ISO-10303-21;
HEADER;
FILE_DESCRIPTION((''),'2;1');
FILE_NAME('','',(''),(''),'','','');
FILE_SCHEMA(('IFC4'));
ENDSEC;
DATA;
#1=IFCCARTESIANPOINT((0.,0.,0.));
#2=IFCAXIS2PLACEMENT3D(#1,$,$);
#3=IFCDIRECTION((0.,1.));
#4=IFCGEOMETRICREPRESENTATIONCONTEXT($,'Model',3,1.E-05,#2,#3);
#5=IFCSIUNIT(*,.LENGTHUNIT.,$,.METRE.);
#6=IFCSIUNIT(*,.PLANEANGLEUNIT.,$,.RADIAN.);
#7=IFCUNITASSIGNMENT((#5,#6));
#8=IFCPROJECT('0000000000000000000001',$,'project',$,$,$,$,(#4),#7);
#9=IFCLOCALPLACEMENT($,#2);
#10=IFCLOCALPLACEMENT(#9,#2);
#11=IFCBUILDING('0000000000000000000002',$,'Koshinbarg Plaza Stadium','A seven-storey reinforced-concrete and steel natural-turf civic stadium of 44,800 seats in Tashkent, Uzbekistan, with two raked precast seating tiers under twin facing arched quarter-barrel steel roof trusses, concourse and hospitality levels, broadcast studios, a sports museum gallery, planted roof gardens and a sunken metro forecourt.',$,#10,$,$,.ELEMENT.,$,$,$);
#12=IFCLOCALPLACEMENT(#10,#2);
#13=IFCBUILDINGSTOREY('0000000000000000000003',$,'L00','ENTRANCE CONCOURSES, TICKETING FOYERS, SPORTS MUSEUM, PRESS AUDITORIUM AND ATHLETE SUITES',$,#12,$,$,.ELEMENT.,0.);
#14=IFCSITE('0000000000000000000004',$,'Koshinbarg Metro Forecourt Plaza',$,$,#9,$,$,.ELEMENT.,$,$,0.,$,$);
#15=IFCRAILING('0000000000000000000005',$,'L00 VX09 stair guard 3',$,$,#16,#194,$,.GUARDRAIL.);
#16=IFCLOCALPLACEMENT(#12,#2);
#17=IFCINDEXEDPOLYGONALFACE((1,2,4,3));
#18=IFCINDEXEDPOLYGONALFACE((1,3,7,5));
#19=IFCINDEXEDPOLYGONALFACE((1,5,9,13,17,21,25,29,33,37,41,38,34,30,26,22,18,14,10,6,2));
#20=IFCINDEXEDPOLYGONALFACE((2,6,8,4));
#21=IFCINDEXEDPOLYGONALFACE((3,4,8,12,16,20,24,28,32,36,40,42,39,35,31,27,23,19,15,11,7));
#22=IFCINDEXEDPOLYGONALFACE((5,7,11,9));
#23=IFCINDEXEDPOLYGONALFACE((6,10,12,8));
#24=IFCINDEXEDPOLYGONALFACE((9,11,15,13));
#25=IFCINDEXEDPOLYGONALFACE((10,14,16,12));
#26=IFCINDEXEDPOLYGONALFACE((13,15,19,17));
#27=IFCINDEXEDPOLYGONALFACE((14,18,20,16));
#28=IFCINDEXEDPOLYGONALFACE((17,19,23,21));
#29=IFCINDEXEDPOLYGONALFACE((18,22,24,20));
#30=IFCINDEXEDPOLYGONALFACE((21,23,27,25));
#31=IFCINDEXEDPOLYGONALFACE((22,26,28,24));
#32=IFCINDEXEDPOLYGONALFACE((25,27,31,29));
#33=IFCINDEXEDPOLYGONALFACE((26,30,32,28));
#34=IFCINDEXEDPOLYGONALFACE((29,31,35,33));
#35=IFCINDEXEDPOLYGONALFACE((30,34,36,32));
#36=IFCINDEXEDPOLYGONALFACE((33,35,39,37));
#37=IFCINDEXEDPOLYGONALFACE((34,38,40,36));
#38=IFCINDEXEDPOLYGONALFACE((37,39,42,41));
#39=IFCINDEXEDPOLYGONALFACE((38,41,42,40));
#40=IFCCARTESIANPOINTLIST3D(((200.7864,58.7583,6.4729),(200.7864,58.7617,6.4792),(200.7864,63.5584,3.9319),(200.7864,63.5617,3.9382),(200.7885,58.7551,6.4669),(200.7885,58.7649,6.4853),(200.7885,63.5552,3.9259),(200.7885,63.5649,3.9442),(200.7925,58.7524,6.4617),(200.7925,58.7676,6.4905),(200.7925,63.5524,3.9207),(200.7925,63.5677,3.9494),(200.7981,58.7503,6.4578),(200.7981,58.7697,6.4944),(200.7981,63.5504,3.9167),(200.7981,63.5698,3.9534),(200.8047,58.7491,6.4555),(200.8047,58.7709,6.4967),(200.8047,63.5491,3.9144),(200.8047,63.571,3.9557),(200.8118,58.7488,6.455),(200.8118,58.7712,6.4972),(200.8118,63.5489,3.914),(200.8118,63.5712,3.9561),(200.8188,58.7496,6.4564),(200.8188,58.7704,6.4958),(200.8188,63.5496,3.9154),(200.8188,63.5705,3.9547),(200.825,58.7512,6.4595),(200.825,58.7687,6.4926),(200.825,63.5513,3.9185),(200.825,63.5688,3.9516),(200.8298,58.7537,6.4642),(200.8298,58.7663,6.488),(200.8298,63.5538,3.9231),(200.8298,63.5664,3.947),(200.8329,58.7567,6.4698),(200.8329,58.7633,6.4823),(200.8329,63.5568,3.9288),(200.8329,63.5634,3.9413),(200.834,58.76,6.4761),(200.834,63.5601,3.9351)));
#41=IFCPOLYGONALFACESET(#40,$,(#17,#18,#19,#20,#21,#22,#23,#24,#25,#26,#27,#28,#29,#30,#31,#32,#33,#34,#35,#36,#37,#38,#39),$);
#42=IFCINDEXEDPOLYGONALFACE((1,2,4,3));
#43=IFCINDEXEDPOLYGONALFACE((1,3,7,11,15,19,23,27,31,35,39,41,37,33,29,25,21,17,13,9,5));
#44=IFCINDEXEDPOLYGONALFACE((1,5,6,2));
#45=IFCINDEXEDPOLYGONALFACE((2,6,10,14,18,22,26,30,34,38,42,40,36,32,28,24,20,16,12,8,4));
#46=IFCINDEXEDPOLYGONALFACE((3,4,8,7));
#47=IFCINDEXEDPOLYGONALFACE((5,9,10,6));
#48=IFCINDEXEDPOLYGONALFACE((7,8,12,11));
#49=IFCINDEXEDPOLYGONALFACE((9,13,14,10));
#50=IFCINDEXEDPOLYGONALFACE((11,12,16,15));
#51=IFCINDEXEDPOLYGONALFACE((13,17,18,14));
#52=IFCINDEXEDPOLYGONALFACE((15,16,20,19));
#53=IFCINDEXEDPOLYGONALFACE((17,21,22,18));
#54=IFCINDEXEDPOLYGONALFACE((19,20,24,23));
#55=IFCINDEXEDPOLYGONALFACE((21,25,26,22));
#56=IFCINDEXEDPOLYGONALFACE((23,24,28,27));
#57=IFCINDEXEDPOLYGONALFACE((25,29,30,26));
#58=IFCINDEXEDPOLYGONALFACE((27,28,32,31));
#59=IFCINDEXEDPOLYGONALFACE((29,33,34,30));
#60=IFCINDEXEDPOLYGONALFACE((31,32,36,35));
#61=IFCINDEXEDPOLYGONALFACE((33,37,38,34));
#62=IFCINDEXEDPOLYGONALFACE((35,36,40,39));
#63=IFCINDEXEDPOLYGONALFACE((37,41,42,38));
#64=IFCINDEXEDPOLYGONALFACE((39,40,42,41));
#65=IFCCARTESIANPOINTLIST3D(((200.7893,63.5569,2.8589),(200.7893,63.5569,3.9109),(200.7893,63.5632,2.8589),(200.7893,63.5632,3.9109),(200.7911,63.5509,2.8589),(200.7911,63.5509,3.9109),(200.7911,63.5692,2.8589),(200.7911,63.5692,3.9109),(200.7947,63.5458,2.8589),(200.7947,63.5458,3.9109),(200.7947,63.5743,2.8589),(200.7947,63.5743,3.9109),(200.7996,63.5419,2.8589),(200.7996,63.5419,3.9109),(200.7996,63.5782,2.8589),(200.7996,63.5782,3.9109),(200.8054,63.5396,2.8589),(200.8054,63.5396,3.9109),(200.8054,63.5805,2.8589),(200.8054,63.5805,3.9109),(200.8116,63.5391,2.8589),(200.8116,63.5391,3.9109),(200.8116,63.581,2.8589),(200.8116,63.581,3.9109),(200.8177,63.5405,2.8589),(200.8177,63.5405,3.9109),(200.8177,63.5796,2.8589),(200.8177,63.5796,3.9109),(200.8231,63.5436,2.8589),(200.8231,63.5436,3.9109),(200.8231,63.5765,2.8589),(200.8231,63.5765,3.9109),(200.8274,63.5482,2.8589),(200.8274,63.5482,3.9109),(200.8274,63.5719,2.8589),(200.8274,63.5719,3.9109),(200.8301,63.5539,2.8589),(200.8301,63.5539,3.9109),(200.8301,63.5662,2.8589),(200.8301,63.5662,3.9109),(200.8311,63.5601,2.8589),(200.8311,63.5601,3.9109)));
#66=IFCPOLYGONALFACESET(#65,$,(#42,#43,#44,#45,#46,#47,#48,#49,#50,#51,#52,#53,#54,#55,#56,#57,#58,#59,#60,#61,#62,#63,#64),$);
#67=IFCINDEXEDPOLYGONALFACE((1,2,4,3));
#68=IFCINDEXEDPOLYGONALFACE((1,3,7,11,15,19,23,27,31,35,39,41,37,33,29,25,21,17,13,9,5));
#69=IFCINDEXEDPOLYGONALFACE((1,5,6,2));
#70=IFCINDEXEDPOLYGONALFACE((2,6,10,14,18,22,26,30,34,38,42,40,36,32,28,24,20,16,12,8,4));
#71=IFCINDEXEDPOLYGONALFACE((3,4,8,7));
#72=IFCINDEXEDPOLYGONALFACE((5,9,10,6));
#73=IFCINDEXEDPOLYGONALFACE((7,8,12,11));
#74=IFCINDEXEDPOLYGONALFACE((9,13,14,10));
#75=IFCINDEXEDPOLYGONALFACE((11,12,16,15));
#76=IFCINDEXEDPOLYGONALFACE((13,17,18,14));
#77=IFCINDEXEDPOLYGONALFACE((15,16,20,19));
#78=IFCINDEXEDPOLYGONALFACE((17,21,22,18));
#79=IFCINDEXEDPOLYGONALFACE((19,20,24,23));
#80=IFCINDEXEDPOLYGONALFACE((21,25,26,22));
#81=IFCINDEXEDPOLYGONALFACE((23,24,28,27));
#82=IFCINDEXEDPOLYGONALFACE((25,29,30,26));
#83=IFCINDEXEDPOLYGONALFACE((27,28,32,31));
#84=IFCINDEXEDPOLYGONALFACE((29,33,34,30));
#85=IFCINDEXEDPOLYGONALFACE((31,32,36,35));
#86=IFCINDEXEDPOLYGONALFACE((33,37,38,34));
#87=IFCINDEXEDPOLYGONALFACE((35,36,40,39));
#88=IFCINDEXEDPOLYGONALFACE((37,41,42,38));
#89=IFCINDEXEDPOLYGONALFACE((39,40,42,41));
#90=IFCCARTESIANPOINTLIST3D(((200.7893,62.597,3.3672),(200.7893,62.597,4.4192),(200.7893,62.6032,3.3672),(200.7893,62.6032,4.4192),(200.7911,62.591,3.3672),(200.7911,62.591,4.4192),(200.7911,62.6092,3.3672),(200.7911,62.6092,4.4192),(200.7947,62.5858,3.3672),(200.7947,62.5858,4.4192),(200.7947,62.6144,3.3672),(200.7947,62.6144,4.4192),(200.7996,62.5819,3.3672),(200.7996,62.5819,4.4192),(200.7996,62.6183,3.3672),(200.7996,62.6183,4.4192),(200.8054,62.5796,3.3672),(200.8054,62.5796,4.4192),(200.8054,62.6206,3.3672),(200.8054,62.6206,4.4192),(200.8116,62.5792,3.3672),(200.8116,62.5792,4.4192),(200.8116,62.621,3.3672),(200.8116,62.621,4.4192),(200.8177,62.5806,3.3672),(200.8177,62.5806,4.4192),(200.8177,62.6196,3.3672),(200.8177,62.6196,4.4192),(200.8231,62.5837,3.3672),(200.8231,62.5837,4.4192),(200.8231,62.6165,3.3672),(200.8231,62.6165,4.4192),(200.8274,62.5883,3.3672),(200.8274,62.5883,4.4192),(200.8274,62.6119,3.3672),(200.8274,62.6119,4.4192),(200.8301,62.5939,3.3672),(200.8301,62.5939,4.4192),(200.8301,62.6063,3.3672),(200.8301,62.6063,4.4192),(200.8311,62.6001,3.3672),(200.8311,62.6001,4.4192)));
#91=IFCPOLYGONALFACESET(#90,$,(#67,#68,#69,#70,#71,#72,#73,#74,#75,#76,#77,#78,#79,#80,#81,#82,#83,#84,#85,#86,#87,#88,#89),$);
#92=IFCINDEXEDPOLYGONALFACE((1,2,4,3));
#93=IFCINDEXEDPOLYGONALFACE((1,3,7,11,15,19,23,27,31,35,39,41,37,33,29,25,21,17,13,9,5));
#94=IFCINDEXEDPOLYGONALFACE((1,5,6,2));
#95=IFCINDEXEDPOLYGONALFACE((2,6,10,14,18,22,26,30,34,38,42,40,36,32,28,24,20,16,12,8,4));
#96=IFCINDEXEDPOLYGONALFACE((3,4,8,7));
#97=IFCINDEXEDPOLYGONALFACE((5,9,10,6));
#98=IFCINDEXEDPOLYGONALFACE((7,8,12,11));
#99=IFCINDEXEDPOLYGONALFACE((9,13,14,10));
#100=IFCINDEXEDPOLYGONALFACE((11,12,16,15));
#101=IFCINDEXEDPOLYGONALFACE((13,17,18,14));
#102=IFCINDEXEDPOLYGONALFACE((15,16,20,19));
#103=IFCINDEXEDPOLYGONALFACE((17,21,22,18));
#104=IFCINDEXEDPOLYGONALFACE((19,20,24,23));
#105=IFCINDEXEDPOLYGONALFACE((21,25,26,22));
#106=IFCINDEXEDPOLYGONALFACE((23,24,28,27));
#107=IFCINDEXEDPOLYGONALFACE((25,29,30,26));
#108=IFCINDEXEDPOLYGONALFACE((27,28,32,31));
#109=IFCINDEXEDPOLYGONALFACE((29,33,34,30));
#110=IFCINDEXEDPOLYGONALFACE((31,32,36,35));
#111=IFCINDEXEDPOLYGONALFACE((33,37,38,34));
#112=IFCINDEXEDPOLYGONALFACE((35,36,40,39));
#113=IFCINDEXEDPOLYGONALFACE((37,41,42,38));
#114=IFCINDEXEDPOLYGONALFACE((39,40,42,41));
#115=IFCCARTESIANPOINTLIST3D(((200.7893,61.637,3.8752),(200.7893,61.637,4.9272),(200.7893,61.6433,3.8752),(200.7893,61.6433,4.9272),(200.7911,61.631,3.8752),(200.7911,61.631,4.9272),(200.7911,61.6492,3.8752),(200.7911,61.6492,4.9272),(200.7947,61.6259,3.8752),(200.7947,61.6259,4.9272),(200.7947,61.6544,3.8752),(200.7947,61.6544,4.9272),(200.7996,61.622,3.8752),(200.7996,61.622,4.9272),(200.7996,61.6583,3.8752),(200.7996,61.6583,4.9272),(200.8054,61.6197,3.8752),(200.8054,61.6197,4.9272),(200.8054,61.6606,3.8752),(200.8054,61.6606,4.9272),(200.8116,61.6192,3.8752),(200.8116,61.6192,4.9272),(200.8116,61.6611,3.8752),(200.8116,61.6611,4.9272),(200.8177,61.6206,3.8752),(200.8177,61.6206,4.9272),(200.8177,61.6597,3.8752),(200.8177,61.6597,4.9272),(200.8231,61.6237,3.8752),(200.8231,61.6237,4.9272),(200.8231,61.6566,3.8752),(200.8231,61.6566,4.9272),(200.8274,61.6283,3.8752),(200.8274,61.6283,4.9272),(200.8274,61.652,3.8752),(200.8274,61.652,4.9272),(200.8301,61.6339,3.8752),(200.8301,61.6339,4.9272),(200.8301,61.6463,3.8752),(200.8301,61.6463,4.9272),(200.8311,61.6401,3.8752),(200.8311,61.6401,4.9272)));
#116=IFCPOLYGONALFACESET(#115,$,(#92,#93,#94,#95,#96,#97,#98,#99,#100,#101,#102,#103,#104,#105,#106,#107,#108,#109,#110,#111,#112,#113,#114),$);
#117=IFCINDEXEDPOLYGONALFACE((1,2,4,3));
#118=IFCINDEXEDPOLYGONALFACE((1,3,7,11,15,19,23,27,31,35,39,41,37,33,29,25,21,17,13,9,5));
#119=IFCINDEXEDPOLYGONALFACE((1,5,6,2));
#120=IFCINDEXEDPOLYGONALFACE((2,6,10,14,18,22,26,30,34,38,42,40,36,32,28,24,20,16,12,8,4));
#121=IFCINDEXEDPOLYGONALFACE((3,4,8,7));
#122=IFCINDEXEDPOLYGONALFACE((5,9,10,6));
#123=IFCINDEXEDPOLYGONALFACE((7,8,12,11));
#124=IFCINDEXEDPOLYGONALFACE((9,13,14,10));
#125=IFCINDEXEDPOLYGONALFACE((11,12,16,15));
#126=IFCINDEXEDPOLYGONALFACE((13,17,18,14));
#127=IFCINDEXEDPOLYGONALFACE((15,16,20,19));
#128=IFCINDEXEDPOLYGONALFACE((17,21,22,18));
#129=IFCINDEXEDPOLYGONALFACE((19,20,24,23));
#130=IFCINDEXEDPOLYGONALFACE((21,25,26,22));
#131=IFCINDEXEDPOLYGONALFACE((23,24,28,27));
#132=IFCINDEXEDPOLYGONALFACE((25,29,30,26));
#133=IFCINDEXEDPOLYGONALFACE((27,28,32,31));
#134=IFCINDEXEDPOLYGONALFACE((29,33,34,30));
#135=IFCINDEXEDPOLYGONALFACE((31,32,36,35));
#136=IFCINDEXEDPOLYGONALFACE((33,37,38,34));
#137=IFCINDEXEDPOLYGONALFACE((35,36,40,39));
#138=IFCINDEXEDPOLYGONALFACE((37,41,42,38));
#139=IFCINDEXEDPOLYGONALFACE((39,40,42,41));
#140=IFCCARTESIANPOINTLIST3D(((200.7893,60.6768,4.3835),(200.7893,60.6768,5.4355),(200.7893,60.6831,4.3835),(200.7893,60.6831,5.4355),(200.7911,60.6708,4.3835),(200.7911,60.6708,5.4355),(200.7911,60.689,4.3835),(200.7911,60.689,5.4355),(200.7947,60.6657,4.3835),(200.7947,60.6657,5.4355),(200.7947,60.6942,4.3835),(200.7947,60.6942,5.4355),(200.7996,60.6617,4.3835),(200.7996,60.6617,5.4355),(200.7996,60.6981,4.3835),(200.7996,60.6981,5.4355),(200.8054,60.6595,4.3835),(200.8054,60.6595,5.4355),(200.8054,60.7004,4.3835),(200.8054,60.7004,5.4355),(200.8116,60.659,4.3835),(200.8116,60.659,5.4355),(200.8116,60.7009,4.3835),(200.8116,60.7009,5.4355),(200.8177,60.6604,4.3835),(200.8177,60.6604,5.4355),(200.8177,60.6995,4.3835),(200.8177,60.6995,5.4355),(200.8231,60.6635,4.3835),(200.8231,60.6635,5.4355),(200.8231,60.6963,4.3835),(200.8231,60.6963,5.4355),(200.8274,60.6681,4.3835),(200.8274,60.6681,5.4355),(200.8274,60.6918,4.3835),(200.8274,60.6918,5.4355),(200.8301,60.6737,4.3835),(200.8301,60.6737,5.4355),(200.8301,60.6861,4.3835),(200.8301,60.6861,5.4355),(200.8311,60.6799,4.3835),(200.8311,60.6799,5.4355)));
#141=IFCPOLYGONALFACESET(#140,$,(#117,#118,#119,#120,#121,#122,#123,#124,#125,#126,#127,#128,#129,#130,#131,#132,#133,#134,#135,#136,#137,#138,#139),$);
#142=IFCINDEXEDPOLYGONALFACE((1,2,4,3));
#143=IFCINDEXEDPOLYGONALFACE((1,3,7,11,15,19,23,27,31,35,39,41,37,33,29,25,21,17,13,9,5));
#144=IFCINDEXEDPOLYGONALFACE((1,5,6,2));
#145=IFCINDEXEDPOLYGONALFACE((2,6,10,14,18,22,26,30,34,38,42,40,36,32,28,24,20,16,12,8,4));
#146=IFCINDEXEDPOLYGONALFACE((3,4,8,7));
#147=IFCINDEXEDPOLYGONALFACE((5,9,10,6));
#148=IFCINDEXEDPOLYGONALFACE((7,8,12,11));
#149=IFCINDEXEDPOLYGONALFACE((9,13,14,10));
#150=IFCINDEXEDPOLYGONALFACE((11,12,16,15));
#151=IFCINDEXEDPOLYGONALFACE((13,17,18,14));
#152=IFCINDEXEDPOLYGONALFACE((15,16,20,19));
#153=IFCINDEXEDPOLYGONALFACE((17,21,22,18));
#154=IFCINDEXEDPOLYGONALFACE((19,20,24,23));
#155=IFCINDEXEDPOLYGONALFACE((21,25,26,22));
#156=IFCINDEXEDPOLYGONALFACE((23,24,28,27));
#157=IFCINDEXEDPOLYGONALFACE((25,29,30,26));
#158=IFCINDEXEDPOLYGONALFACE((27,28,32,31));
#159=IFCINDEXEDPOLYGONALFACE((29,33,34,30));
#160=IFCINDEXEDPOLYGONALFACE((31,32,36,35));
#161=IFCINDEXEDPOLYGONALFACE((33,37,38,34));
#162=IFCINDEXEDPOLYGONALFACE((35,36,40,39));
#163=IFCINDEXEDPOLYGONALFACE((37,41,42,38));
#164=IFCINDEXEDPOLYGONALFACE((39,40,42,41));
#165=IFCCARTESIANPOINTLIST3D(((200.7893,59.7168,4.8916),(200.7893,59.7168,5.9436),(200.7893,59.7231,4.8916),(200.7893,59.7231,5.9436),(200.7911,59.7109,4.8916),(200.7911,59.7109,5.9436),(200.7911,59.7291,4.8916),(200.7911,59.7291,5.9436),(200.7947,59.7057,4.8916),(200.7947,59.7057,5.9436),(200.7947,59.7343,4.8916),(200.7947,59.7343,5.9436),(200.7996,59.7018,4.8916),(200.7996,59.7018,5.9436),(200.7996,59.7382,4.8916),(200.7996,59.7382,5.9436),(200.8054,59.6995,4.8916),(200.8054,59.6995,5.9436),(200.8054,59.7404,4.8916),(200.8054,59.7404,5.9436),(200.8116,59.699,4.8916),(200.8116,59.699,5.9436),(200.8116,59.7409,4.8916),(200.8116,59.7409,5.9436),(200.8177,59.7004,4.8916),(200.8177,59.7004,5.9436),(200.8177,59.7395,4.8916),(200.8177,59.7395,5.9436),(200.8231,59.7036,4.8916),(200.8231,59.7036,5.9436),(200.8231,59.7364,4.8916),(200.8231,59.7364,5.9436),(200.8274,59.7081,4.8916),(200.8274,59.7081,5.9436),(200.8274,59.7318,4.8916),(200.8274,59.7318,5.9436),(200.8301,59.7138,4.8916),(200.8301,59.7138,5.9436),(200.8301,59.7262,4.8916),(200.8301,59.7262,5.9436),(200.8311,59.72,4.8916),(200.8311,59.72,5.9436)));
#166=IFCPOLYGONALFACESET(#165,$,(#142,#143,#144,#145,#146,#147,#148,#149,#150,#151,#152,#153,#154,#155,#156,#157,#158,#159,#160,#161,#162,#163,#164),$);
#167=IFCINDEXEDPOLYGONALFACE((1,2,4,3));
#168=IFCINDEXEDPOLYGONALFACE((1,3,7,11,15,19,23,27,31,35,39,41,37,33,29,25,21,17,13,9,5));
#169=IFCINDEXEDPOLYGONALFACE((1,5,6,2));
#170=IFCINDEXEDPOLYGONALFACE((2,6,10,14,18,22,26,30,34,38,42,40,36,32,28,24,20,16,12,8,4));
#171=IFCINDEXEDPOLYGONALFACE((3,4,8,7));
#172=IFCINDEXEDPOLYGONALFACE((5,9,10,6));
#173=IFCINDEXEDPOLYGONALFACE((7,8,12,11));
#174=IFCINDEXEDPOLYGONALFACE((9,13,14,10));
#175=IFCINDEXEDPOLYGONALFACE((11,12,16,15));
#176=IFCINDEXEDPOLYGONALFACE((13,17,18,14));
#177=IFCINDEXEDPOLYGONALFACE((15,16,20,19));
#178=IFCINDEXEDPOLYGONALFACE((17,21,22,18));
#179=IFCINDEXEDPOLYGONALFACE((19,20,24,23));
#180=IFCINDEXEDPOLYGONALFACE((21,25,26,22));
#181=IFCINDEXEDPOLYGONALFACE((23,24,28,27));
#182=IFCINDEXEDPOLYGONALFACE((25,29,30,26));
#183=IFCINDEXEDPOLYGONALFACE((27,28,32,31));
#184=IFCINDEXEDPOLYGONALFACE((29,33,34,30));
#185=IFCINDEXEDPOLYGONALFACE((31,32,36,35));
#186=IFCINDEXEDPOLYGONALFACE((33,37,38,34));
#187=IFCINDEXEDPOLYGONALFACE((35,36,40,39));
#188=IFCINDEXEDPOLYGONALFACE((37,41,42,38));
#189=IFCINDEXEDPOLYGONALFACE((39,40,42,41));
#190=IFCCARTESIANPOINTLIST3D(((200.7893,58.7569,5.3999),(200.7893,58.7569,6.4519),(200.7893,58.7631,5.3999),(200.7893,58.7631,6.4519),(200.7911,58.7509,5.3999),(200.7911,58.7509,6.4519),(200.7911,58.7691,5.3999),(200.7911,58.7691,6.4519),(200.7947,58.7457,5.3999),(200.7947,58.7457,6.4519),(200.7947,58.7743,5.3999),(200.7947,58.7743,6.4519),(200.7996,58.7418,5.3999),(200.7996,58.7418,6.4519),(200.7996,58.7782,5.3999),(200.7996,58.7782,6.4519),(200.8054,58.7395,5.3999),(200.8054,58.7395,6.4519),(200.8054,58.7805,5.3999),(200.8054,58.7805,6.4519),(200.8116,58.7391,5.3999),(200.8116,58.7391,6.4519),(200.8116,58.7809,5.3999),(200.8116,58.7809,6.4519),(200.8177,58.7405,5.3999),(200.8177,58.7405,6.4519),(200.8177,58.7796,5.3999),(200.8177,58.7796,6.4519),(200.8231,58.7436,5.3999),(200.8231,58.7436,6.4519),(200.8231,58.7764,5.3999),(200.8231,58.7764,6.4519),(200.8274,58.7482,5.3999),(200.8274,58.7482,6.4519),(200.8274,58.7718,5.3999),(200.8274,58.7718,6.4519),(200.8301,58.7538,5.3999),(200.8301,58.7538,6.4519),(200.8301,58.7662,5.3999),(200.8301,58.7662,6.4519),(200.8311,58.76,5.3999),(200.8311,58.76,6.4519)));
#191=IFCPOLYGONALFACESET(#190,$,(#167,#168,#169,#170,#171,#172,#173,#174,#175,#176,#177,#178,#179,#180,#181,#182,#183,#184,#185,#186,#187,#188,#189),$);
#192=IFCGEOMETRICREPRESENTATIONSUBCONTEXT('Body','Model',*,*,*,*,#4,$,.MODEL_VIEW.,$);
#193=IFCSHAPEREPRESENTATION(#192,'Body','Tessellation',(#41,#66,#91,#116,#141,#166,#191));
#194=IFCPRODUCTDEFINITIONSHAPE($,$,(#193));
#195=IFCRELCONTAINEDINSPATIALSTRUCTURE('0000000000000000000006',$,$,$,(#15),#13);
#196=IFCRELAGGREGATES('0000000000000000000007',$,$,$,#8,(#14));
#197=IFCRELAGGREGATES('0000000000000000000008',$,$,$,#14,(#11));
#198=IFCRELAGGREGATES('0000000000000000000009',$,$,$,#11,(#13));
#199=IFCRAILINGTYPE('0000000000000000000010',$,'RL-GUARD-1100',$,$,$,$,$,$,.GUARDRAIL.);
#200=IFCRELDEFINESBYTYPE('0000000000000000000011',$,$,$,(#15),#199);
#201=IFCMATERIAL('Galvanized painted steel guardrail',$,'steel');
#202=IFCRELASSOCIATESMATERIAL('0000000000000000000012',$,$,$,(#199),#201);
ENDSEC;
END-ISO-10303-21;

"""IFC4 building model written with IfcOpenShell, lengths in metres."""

from ifc_helpers import new_model, si_unit, direction, frame, origin, origin_2d, place, context, subcontext, project, spatial, circle, extrude, material, type_object, element, save


model = new_model("IFC4")

# Units and contexts
model_context = context("Model", 3, precision=1e-05, world=origin(), true_north=direction((0.0, 1.0)))
body_context = subcontext(model_context, "Body", "Model", "MODEL_VIEW")
ifc_project = project(units=[si_unit("LENGTHUNIT", "METRE"), si_unit("PLANEANGLEUNIT", "RADIAN")], contexts=[model_context])

# Site, building, storey
site_placement = place(None, origin())
site = spatial("IfcSite", under=ifc_project, at=site_placement, Name="Koshinbarg Metro Forecourt Plaza", CompositionType="ELEMENT", RefElevation=0.0)
building_placement = place(site_placement, origin())
building = spatial("IfcBuilding", under=site, at=building_placement, Name="Koshinbarg Plaza Stadium", Description="A seven-storey reinforced-concrete and steel natural-turf civic stadium of 44,800 seats in Tashkent, Uzbekistan, with two raked precast seating tiers under twin facing arched quarter-barrel steel roof trusses, concourse and hospitality levels, broadcast studios, a sports museum gallery, planted roof gardens and a sunken metro forecourt.", CompositionType="ELEMENT")
storey_placement = place(building_placement, origin())
storey = spatial("IfcBuildingStorey", under=building, at=storey_placement, Name="L00", Description="ENTRANCE CONCOURSES, TICKETING FOYERS, SPORTS MUSEUM, PRESS AUDITORIUM AND ATHLETE SUITES", CompositionType="ELEMENT", Elevation=0.0)

# Railing
ifc_material_1 = material(Name="Galvanized painted steel guardrail", Category="steel")
railing_type_1 = type_object("IfcRailingType", Name="RL-GUARD-1100", PredefinedType="GUARDRAIL", material=ifc_material_1)
railing_1_placement = place(storey_placement, frame((200.8101, 63.5601, 2.8589)))
element("IfcRailing", 1, at=railing_1_placement, inside=storey, type_object=railing_type_1, Name="L00 VX09 stair guard 3", PredefinedType="GUARDRAIL", context=body_context, shape_type="SweptSolid", body=[
    extrude(circle(Radius=0.0239, at=origin_2d()), frame((0.0, 0.0, 1.0762), z_axis=(0.0, -0.883802, 0.467861), x_axis=(1.0, 0.0, 0.0)), (0.0, 0.0, 1.0), 5.4312),
    extrude(circle(Radius=0.021, at=origin_2d()), origin(), (0.0, 0.0, 1.0), 1.052),
    extrude(circle(Radius=0.021, at=origin_2d()), frame((0.0, -0.96, 0.5083)), (0.0, 0.0, 1.0), 1.052),
    extrude(circle(Radius=0.021, at=origin_2d()), frame((0.0, -1.9199, 1.0164)), (0.0, 0.0, 1.0), 1.052),
    extrude(circle(Radius=0.021, at=origin_2d()), frame((0.0, -2.8801, 1.5247)), (0.0, 0.0, 1.0), 1.052),
    extrude(circle(Radius=0.021, at=origin_2d()), frame((0.0, -3.8401, 2.0327)), (0.0, 0.0, 1.0), 1.052),
    extrude(circle(Radius=0.021, at=origin_2d()), frame((0.0, -4.8, 2.541)), (0.0, 0.0, 1.0), 1.052),
])

save(model, "model.ifc")
